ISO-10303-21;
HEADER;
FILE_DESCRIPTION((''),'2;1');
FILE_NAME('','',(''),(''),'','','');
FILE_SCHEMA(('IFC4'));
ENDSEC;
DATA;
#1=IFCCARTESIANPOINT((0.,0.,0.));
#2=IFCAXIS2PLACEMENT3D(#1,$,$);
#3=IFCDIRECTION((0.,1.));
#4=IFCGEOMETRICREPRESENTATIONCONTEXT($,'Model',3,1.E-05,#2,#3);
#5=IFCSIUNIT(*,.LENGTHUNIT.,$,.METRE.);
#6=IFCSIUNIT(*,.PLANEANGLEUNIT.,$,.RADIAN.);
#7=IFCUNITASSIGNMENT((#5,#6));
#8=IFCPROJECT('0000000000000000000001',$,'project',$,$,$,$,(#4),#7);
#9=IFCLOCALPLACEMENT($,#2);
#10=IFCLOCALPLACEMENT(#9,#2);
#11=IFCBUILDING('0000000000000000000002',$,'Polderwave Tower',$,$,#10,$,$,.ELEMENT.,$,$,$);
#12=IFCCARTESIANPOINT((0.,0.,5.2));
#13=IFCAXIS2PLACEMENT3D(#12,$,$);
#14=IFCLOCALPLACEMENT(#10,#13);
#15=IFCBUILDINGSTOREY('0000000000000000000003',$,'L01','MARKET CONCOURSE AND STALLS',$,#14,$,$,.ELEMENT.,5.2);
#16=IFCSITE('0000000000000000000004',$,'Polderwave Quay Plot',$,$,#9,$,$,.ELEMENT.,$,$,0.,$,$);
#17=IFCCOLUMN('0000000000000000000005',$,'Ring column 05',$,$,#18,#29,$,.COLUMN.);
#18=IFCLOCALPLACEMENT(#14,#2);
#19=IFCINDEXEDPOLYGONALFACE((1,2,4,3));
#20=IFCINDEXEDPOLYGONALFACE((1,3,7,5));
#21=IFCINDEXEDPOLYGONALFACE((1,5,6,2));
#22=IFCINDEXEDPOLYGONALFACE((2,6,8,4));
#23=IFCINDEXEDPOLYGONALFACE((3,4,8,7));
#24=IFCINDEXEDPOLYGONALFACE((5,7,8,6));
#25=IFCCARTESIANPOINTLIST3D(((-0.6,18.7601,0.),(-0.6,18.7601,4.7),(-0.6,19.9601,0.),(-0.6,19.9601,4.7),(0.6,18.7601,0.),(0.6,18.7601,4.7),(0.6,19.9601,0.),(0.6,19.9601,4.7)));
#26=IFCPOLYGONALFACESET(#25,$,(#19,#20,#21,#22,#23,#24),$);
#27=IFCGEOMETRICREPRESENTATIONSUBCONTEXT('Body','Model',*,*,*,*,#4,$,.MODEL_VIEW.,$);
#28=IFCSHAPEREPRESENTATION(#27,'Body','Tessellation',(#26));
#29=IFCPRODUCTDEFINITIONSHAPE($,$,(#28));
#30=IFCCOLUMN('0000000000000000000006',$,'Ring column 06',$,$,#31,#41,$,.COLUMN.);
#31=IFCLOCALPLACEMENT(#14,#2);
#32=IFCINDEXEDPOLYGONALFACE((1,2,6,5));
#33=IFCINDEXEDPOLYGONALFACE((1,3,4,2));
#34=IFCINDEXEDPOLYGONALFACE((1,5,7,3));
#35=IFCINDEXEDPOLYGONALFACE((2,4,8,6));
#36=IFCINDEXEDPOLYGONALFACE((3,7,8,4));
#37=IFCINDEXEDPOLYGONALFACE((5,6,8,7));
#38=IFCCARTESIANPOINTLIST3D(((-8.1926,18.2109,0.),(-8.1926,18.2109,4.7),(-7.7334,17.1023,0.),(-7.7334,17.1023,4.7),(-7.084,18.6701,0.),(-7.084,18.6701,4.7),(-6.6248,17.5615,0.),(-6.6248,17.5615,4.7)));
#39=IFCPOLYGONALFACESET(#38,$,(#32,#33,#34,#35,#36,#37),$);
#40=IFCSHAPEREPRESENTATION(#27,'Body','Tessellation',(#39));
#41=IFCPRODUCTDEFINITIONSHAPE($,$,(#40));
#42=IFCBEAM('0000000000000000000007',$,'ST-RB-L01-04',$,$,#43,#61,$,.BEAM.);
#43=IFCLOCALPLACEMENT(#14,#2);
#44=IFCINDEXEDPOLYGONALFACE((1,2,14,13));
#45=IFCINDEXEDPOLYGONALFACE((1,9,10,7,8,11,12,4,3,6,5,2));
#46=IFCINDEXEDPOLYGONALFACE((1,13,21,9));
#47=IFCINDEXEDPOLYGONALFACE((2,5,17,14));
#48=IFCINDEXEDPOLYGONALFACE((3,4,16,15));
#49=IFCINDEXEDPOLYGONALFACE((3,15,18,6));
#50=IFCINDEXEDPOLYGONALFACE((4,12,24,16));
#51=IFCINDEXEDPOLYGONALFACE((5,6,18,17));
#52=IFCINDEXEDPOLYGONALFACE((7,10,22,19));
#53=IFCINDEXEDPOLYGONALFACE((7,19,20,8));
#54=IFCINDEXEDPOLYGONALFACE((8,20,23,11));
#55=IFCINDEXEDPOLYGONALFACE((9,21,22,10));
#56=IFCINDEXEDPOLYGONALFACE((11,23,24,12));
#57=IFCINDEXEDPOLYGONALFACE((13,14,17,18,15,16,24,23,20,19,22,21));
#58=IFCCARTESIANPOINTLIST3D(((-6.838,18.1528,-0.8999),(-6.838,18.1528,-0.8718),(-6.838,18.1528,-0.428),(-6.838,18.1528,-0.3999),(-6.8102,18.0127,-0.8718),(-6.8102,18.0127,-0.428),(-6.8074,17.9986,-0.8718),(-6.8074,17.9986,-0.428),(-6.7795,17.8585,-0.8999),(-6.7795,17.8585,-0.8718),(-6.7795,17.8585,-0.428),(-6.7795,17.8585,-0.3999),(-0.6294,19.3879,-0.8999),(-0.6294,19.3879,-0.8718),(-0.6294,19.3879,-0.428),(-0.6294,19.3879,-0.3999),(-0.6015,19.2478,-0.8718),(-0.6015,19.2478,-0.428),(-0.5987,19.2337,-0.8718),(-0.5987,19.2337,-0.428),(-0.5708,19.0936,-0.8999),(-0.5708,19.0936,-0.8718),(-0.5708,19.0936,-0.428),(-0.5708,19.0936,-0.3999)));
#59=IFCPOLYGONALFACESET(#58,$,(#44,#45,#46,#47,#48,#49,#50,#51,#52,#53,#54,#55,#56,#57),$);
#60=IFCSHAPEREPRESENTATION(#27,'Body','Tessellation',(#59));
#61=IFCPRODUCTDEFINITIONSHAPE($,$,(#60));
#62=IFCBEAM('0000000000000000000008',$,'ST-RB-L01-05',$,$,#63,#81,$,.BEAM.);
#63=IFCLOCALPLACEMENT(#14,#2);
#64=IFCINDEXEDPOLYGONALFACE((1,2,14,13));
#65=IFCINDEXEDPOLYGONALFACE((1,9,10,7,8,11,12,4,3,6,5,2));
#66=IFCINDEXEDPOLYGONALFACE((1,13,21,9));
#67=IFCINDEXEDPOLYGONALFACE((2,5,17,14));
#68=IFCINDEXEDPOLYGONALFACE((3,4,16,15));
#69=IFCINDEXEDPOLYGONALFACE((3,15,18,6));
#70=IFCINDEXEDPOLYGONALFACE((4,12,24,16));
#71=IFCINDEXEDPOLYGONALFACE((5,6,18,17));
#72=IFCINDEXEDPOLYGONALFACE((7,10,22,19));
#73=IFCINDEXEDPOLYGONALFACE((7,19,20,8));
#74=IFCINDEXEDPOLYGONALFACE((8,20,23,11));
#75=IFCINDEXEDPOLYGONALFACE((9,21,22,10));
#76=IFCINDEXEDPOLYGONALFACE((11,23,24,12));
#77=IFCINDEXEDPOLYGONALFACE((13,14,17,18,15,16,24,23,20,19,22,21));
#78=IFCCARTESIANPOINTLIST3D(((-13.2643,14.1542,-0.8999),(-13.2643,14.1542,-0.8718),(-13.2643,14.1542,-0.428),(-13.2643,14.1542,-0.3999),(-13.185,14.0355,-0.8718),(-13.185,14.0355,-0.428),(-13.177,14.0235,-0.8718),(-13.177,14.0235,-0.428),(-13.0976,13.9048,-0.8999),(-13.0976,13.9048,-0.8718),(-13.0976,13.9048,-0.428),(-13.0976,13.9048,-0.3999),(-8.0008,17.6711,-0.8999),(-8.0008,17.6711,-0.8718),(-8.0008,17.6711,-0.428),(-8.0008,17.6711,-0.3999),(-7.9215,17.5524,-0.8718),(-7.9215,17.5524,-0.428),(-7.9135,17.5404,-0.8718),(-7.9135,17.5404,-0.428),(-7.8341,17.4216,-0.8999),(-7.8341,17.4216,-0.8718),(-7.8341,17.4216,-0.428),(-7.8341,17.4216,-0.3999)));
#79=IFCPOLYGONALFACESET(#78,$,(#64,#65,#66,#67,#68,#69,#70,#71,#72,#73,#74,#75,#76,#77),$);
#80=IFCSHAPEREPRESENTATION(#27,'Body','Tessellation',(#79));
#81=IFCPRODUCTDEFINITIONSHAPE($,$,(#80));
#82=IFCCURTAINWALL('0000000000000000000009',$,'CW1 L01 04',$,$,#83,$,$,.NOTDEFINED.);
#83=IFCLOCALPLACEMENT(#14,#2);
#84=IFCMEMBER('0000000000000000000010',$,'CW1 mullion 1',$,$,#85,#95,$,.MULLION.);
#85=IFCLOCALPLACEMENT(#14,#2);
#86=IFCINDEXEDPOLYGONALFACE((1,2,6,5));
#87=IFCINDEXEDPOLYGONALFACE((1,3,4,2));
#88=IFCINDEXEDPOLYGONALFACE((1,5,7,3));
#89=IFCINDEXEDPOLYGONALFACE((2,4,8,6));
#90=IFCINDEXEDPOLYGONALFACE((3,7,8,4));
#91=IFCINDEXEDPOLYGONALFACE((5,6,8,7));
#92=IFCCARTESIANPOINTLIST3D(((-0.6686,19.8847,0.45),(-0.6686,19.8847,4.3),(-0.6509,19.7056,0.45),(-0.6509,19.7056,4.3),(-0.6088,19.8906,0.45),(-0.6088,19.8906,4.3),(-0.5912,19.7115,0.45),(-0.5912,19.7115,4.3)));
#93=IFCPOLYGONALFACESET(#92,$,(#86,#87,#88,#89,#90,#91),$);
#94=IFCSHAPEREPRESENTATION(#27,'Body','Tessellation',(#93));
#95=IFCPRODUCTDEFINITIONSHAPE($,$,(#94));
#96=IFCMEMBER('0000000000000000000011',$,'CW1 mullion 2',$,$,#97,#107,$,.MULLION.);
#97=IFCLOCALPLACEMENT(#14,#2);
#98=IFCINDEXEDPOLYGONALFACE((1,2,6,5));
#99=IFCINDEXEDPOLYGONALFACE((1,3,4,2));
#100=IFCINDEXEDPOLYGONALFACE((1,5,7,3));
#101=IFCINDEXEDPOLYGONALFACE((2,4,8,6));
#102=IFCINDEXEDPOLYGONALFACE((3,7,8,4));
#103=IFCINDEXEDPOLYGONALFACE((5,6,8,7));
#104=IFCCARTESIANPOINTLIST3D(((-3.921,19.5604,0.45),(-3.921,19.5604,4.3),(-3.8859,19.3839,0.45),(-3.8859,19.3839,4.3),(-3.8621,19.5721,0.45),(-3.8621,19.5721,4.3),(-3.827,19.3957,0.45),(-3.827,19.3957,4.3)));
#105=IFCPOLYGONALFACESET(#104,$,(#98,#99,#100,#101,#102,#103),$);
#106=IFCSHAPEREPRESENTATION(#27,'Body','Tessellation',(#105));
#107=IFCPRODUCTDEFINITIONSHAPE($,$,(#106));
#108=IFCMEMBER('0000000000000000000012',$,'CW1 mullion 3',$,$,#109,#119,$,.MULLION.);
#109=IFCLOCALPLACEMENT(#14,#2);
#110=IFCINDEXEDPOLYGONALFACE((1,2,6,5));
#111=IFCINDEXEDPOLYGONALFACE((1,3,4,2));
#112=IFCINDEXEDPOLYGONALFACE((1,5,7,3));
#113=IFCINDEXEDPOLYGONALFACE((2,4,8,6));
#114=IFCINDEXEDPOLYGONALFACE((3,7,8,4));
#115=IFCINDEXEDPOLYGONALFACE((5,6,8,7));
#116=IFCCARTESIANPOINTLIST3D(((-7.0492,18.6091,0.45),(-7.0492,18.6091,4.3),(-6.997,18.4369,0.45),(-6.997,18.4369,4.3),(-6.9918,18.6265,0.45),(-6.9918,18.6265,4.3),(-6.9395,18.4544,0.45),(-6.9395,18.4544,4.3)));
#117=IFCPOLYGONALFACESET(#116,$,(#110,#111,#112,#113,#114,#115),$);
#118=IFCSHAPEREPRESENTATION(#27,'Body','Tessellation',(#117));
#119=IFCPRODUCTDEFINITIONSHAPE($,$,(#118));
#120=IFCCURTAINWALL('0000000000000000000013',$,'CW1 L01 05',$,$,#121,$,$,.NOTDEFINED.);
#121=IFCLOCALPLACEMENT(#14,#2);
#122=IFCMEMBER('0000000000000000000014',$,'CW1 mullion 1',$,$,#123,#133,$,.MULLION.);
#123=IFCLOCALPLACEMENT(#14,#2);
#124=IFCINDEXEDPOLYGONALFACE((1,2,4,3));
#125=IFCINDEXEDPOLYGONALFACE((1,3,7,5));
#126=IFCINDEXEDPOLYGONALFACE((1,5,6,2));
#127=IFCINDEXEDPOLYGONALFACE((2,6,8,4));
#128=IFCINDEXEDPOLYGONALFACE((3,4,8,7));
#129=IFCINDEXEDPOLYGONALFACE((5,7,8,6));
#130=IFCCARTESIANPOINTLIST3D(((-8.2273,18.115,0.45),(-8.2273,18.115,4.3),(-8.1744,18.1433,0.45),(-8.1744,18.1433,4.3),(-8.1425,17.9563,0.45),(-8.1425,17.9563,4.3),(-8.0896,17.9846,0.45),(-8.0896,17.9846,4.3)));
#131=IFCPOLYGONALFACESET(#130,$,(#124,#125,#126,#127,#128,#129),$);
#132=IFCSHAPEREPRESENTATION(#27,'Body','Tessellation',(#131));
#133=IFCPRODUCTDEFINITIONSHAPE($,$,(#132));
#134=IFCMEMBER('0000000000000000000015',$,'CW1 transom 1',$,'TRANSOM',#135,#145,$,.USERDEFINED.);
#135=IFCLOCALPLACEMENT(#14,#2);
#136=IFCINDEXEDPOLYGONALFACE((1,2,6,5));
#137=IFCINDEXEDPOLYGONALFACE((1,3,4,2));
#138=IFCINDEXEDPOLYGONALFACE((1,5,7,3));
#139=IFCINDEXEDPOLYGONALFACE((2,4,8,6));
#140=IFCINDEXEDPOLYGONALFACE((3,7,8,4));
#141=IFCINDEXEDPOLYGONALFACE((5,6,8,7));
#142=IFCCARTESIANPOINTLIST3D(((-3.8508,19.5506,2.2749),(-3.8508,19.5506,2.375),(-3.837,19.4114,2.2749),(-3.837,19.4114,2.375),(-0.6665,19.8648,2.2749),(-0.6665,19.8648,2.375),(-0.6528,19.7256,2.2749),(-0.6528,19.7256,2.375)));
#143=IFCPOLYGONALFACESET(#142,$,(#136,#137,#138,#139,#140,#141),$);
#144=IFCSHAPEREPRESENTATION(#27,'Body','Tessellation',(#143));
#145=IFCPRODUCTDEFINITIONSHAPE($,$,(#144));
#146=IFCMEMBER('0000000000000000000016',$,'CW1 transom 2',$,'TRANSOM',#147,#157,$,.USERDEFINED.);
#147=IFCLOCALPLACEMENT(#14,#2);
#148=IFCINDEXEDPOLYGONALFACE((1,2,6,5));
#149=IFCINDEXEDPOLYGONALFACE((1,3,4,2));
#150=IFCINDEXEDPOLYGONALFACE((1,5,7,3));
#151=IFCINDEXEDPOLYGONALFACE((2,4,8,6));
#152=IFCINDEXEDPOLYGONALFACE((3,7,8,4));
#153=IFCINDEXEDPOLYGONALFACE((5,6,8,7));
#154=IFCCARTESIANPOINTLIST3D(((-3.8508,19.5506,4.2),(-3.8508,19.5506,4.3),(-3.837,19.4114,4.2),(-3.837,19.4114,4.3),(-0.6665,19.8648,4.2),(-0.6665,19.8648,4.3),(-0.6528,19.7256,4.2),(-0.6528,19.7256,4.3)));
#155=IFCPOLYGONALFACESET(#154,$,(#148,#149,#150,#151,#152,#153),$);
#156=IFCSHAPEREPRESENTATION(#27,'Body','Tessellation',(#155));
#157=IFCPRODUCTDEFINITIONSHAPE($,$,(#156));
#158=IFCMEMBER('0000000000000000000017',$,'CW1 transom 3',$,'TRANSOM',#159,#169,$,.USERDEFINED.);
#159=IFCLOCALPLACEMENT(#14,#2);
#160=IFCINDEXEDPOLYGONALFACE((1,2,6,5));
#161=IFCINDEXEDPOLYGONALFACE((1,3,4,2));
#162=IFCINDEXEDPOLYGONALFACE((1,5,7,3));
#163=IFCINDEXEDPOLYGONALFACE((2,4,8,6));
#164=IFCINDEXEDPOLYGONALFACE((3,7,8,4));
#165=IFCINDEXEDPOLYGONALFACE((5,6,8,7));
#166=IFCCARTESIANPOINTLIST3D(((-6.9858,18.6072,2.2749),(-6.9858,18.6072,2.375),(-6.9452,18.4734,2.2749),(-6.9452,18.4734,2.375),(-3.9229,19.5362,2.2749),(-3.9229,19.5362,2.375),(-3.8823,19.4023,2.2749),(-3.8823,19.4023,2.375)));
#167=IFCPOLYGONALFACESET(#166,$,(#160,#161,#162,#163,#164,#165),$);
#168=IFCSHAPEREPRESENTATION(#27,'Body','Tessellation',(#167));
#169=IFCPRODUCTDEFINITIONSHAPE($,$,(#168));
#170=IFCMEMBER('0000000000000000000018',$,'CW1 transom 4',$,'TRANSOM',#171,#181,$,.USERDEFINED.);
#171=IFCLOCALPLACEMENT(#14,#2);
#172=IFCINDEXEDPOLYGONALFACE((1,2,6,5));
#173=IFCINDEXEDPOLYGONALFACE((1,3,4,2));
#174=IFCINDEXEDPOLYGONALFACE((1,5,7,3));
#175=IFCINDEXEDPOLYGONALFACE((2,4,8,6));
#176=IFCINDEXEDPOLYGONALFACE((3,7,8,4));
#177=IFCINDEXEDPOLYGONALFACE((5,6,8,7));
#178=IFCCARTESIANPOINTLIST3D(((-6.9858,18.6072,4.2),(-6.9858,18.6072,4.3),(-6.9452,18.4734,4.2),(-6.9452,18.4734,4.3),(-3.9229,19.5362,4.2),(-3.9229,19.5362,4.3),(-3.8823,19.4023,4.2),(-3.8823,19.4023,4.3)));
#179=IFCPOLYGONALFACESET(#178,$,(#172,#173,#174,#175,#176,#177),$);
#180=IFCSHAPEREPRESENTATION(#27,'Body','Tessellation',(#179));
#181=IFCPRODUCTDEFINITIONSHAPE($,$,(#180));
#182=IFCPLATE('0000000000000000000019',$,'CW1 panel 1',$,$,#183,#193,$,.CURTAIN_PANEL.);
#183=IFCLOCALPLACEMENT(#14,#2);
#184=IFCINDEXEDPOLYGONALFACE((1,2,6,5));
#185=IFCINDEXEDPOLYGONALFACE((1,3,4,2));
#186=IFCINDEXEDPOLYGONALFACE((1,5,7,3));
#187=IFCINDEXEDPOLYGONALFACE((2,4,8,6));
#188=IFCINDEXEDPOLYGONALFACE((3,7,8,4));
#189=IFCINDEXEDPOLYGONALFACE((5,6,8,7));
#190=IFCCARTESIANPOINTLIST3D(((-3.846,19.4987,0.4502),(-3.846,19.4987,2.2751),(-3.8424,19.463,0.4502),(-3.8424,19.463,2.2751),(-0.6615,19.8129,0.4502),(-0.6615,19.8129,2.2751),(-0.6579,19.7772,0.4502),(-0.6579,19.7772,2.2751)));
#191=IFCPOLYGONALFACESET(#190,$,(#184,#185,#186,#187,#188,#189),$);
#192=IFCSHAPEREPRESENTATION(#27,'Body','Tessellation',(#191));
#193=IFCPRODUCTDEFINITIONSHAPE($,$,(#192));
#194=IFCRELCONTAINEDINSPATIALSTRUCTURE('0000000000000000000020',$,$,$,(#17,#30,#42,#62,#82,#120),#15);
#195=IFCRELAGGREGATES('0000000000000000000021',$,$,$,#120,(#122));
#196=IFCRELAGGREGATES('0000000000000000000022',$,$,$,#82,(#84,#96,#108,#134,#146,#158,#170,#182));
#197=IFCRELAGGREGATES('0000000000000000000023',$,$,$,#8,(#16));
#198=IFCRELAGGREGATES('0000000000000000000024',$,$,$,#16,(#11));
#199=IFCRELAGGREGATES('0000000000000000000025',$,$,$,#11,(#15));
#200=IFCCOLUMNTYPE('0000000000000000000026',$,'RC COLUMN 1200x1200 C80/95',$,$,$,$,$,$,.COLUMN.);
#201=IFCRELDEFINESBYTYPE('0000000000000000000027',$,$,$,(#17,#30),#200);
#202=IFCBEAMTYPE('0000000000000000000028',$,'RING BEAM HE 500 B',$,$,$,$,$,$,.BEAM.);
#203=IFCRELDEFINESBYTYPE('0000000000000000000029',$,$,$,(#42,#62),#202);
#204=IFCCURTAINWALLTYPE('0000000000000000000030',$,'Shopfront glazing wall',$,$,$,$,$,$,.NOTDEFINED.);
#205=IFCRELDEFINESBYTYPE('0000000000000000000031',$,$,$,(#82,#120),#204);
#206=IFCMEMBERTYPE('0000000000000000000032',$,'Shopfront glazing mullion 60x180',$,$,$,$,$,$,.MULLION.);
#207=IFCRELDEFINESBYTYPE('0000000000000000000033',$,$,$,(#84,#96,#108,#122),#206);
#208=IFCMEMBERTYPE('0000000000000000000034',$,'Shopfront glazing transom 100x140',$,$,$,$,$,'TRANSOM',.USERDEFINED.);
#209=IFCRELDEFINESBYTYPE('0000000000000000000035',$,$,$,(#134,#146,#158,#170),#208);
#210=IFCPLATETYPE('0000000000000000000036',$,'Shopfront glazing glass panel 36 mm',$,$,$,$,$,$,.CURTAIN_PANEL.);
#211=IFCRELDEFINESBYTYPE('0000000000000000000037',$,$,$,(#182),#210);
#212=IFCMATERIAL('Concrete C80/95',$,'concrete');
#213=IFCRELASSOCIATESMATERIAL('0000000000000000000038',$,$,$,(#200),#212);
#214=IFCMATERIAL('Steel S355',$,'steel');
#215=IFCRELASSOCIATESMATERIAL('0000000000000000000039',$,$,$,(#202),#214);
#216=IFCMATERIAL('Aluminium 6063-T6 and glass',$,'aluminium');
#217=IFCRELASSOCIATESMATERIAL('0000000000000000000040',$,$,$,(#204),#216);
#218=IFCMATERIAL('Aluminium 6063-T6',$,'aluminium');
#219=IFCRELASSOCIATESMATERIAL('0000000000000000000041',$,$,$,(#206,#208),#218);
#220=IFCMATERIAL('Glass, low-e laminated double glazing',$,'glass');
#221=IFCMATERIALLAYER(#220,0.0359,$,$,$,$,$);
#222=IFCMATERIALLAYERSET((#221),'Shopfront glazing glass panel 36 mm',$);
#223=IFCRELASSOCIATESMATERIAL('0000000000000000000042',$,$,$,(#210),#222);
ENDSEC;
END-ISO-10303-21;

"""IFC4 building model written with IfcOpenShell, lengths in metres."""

from ifc_helpers import new_model, si_unit, direction, frame, origin, origin_2d, place, context, subcontext, project, spatial, rectangle, i_section, extrude, material, layer, layer_set, material_profile, profile_set, type_object, element, aggregate, save


model = new_model("IFC4")

# Units and contexts
model_context = context("Model", 3, precision=1e-05, world=origin(), true_north=direction((0.0, 1.0)))
body_context = subcontext(model_context, "Body", "Model", "MODEL_VIEW")
ifc_project = project(units=[si_unit("LENGTHUNIT", "METRE"), si_unit("PLANEANGLEUNIT", "RADIAN")], contexts=[model_context])

# Site, building, storey
site_placement = place(None, origin())
site = spatial("IfcSite", under=ifc_project, at=site_placement, Name="Polderwave Quay Plot", CompositionType="ELEMENT", RefElevation=0.0)
building_placement = place(site_placement, origin())
building = spatial("IfcBuilding", under=site, at=building_placement, Name="Polderwave Tower", CompositionType="ELEMENT")
storey_placement = place(building_placement, frame((0.0, 0.0, 5.2)))
storey = spatial("IfcBuildingStorey", under=building, at=storey_placement, Name="L01", Description="MARKET CONCOURSE AND STALLS", CompositionType="ELEMENT", Elevation=5.2)

# Columns
ifc_material_1 = material(Name="Concrete C80/95", Category="concrete")
ifc_material_profile_1 = material_profile(ifc_material_1, rectangle(XDim=1.2, YDim=1.2, at=origin_2d()), Name="RC 1200x1200")
ifc_profile_set_1 = profile_set([ifc_material_profile_1], Name="Concrete C80/95")
column_type = type_object("IfcColumnType", Name="RC COLUMN 1200x1200 C80/95", PredefinedType="COLUMN", material=ifc_profile_set_1)
for number, where, z_axis, x_axis, name in (
    (1, (0.0, 19.3601, 0.0), (0.0, 0.0, 1.0), (0.0, 1.0, 0.0), "Ring column 05"),
    (2, (-7.4087, 17.8862, 0.0), (0.0, 0.0, 1.0), (-0.382683, 0.92388, 0.0), "Ring column 06"),
):
    element("IfcColumn", number, at=place(storey_placement, frame(where, z_axis=z_axis, x_axis=x_axis)), inside=storey, type_object=column_type, Name=name, PredefinedType="COLUMN", context=body_context, shape_type="SweptSolid", body=[
        extrude(rectangle(XDim=1.2, YDim=1.2, at=origin_2d()), origin(), (0.0, 0.0, 1.0), 4.7),
    ])

# Beams
ifc_material_2 = material(Name="Steel S355", Category="steel")
ifc_material_profile_2 = material_profile(ifc_material_2, i_section(OverallWidth=0.3, OverallDepth=0.5, WebThickness=0.0144, FlangeThickness=0.0281, at=origin_2d()), Name="HE 500 B")
ifc_profile_set_2 = profile_set([ifc_material_profile_2], Name="Steel S355")
beam_type = type_object("IfcBeamType", Name="RING BEAM HE 500 B", PredefinedType="BEAM", material=ifc_profile_set_2)
for number, where, z_axis, x_axis, name in (
    (3, (-0.6001, 19.2407, -0.6499), (-0.980782, -0.195107, 0.0), (0.195107, -0.980782, 0.0), "ST-RB-L01-04"),
    (4, (-7.9175, 17.5464, -0.6499), (-0.831474, -0.555563, 0.0), (0.555563, -0.831474, 0.0), "ST-RB-L01-05"),
):
    element("IfcBeam", number, at=place(storey_placement, frame(where, z_axis=z_axis, x_axis=x_axis)), inside=storey, type_object=beam_type, Name=name, PredefinedType="BEAM", context=body_context, shape_type="SweptSolid", body=[
        extrude(i_section(OverallWidth=0.3, OverallDepth=0.5, WebThickness=0.0144, FlangeThickness=0.0281, at=origin_2d()), origin(), (0.0, 0.0, 1.0), 6.3303),
    ])

# Curtain wall, members
ifc_material_3 = material(Name="Aluminium 6063-T6 and glass", Category="aluminium")
curtain_wall_type = type_object("IfcCurtainWallType", Name="Shopfront glazing wall", PredefinedType="NOTDEFINED", material=ifc_material_3)
curtain_wall_1_placement = place(storey_placement, origin())
curtain_wall_1 = element("IfcCurtainWall", 5, at=curtain_wall_1_placement, inside=storey, type_object=curtain_wall_type, Name="CW1 L01 04", PredefinedType="NOTDEFINED")
ifc_material_4 = material(Name="Aluminium 6063-T6", Category="aluminium")
ifc_material_profile_3 = material_profile(ifc_material_4, rectangle(XDim=0.1799, YDim=0.0601, at=origin_2d()), Name="AL 60x180")
ifc_profile_set_3 = profile_set([ifc_material_profile_3], Name="Aluminium 6063-T6")
member_type_1 = type_object("IfcMemberType", Name="Shopfront glazing mullion 60x180", PredefinedType="MULLION", material=ifc_profile_set_3)
member_1_placement = place(storey_placement, frame((-0.6299, 19.7981, 0.45), z_axis=(0.0, 0.0, 1.0), x_axis=(0.098179, -0.995169, 0.0)))
member_1 = element("IfcMember", 6, at=member_1_placement, type_object=member_type_1, Name="CW1 mullion 1", PredefinedType="MULLION", context=body_context, shape_type="SweptSolid", body=[
    extrude(rectangle(XDim=0.1799, YDim=0.0601, at=origin_2d()), origin(), (0.0, 0.0, 1.0), 3.8501),
])
member_2_placement = place(storey_placement, frame((-3.874, 19.478, 0.45), z_axis=(0.0, 0.0, 1.0), x_axis=(0.195137, -0.980776, 0.0)))
member_2 = element("IfcMember", 7, at=member_2_placement, type_object=member_type_1, Name="CW1 mullion 2", PredefinedType="MULLION", context=body_context, shape_type="SweptSolid", body=[
    extrude(rectangle(XDim=0.1799, YDim=0.0601, at=origin_2d()), origin(), (0.0, 0.0, 1.0), 3.8501),
])
member_3_placement = place(storey_placement, frame((-6.9944, 18.5317, 0.45), z_axis=(0.0, 0.0, 1.0), x_axis=(0.290218, -0.956961, 0.0)))
member_3 = element("IfcMember", 8, at=member_3_placement, type_object=member_type_1, Name="CW1 mullion 3", PredefinedType="MULLION", context=body_context, shape_type="SweptSolid", body=[
    extrude(rectangle(XDim=0.1799, YDim=0.0601, at=origin_2d()), origin(), (0.0, 0.0, 1.0), 3.8501),
])

# Curtain wall, member
curtain_wall_2_placement = place(storey_placement, origin())
curtain_wall_2 = element("IfcCurtainWall", 9, at=curtain_wall_2_placement, inside=storey, type_object=curtain_wall_type, Name="CW1 L01 05", PredefinedType="NOTDEFINED")
member_4_placement = place(storey_placement, frame((-8.1584, 18.0498, 0.45), z_axis=(0.0, 0.0, 1.0), x_axis=(0.471361, -0.88194, 0.0)))
member_4 = element("IfcMember", 10, at=member_4_placement, type_object=member_type_1, Name="CW1 mullion 1", PredefinedType="MULLION", context=body_context, shape_type="SweptSolid", body=[
    extrude(rectangle(XDim=0.1799, YDim=0.0601, at=origin_2d()), origin(), (0.0, 0.0, 1.0), 3.8501),
])
aggregate(curtain_wall_2, [member_4])

# Members
ifc_material_profile_4 = material_profile(ifc_material_4, rectangle(XDim=0.1399, YDim=0.1001, at=origin_2d()), Name="AL 100x140")
ifc_profile_set_4 = profile_set([ifc_material_profile_4], Name="Aluminium 6063-T6")
member_type_2 = type_object("IfcMemberType", Name="Shopfront glazing transom 100x140", ElementType="TRANSOM", PredefinedType="USERDEFINED", material=ifc_profile_set_4)
member_5_placement = place(storey_placement, frame((-0.6597, 19.7952, 2.325), z_axis=(-0.995167, -0.098197, 0.0), x_axis=(0.098197, -0.995167, 0.0)))
member_5 = element("IfcMember", 11, at=member_5_placement, type_object=member_type_2, Name="CW1 transom 1", ObjectType="TRANSOM", PredefinedType="USERDEFINED", context=body_context, shape_type="SweptSolid", body=[
    extrude(rectangle(XDim=0.1399, YDim=0.1001, at=origin_2d()), origin(), (0.0, 0.0, 1.0), 3.1997),
])
member_6_placement = place(storey_placement, frame((-0.6597, 19.7952, 4.25), z_axis=(-0.995167, -0.098197, 0.0), x_axis=(0.098197, -0.995167, 0.0)))
member_6 = element("IfcMember", 12, at=member_6_placement, type_object=member_type_2, Name="CW1 transom 2", ObjectType="TRANSOM", PredefinedType="USERDEFINED", context=body_context, shape_type="SweptSolid", body=[
    extrude(rectangle(XDim=0.1399, YDim=0.1001, at=origin_2d()), origin(), (0.0, 0.0, 1.0), 3.1997),
])
member_7_placement = place(storey_placement, frame((-3.9026, 19.4692, 2.325), z_axis=(-0.956957, -0.29023, 0.0), x_axis=(0.29023, -0.956957, 0.0)))
member_7 = element("IfcMember", 13, at=member_7_placement, type_object=member_type_2, Name="CW1 transom 3", ObjectType="TRANSOM", PredefinedType="USERDEFINED", context=body_context, shape_type="SweptSolid", body=[
    extrude(rectangle(XDim=0.1399, YDim=0.1001, at=origin_2d()), origin(), (0.0, 0.0, 1.0), 3.2007),
])
member_8_placement = place(storey_placement, frame((-3.9026, 19.4692, 4.25), z_axis=(-0.956957, -0.29023, 0.0), x_axis=(0.29023, -0.956957, 0.0)))
member_8 = element("IfcMember", 14, at=member_8_placement, type_object=member_type_2, Name="CW1 transom 4", ObjectType="TRANSOM", PredefinedType="USERDEFINED", context=body_context, shape_type="SweptSolid", body=[
    extrude(rectangle(XDim=0.1399, YDim=0.1001, at=origin_2d()), origin(), (0.0, 0.0, 1.0), 3.2007),
])

# Plate
ifc_material_5 = material(Name="Glass, low-e laminated double glazing", Category="glass")
ifc_layer_1 = layer(ifc_material_5, 0.0359)
ifc_layer_set_1 = layer_set([ifc_layer_1], Name="Shopfront glazing glass panel 36 mm")
plate_type = type_object("IfcPlateType", Name="Shopfront glazing glass panel 36 mm", PredefinedType="CURTAIN_PANEL", material=ifc_layer_set_1)
plate_1_placement = place(storey_placement, frame((-2.252, 19.6379, 0.4502), z_axis=(0.0, 0.0, 1.0), x_axis=(-0.995169, -0.098179, 0.0)))
plate_1 = element("IfcPlate", 15, at=plate_1_placement, type_object=plate_type, Name="CW1 panel 1", PredefinedType="CURTAIN_PANEL", context=body_context, shape_type="SweptSolid", body=[
    extrude(rectangle(XDim=3.2, YDim=0.0359, at=origin_2d()), origin(), (0.0, 0.0, 1.0), 1.825),
])
aggregate(curtain_wall_1, [member_1, member_2, member_3, member_5, member_6, member_7, member_8, plate_1])

save(model, "model.ifc")
